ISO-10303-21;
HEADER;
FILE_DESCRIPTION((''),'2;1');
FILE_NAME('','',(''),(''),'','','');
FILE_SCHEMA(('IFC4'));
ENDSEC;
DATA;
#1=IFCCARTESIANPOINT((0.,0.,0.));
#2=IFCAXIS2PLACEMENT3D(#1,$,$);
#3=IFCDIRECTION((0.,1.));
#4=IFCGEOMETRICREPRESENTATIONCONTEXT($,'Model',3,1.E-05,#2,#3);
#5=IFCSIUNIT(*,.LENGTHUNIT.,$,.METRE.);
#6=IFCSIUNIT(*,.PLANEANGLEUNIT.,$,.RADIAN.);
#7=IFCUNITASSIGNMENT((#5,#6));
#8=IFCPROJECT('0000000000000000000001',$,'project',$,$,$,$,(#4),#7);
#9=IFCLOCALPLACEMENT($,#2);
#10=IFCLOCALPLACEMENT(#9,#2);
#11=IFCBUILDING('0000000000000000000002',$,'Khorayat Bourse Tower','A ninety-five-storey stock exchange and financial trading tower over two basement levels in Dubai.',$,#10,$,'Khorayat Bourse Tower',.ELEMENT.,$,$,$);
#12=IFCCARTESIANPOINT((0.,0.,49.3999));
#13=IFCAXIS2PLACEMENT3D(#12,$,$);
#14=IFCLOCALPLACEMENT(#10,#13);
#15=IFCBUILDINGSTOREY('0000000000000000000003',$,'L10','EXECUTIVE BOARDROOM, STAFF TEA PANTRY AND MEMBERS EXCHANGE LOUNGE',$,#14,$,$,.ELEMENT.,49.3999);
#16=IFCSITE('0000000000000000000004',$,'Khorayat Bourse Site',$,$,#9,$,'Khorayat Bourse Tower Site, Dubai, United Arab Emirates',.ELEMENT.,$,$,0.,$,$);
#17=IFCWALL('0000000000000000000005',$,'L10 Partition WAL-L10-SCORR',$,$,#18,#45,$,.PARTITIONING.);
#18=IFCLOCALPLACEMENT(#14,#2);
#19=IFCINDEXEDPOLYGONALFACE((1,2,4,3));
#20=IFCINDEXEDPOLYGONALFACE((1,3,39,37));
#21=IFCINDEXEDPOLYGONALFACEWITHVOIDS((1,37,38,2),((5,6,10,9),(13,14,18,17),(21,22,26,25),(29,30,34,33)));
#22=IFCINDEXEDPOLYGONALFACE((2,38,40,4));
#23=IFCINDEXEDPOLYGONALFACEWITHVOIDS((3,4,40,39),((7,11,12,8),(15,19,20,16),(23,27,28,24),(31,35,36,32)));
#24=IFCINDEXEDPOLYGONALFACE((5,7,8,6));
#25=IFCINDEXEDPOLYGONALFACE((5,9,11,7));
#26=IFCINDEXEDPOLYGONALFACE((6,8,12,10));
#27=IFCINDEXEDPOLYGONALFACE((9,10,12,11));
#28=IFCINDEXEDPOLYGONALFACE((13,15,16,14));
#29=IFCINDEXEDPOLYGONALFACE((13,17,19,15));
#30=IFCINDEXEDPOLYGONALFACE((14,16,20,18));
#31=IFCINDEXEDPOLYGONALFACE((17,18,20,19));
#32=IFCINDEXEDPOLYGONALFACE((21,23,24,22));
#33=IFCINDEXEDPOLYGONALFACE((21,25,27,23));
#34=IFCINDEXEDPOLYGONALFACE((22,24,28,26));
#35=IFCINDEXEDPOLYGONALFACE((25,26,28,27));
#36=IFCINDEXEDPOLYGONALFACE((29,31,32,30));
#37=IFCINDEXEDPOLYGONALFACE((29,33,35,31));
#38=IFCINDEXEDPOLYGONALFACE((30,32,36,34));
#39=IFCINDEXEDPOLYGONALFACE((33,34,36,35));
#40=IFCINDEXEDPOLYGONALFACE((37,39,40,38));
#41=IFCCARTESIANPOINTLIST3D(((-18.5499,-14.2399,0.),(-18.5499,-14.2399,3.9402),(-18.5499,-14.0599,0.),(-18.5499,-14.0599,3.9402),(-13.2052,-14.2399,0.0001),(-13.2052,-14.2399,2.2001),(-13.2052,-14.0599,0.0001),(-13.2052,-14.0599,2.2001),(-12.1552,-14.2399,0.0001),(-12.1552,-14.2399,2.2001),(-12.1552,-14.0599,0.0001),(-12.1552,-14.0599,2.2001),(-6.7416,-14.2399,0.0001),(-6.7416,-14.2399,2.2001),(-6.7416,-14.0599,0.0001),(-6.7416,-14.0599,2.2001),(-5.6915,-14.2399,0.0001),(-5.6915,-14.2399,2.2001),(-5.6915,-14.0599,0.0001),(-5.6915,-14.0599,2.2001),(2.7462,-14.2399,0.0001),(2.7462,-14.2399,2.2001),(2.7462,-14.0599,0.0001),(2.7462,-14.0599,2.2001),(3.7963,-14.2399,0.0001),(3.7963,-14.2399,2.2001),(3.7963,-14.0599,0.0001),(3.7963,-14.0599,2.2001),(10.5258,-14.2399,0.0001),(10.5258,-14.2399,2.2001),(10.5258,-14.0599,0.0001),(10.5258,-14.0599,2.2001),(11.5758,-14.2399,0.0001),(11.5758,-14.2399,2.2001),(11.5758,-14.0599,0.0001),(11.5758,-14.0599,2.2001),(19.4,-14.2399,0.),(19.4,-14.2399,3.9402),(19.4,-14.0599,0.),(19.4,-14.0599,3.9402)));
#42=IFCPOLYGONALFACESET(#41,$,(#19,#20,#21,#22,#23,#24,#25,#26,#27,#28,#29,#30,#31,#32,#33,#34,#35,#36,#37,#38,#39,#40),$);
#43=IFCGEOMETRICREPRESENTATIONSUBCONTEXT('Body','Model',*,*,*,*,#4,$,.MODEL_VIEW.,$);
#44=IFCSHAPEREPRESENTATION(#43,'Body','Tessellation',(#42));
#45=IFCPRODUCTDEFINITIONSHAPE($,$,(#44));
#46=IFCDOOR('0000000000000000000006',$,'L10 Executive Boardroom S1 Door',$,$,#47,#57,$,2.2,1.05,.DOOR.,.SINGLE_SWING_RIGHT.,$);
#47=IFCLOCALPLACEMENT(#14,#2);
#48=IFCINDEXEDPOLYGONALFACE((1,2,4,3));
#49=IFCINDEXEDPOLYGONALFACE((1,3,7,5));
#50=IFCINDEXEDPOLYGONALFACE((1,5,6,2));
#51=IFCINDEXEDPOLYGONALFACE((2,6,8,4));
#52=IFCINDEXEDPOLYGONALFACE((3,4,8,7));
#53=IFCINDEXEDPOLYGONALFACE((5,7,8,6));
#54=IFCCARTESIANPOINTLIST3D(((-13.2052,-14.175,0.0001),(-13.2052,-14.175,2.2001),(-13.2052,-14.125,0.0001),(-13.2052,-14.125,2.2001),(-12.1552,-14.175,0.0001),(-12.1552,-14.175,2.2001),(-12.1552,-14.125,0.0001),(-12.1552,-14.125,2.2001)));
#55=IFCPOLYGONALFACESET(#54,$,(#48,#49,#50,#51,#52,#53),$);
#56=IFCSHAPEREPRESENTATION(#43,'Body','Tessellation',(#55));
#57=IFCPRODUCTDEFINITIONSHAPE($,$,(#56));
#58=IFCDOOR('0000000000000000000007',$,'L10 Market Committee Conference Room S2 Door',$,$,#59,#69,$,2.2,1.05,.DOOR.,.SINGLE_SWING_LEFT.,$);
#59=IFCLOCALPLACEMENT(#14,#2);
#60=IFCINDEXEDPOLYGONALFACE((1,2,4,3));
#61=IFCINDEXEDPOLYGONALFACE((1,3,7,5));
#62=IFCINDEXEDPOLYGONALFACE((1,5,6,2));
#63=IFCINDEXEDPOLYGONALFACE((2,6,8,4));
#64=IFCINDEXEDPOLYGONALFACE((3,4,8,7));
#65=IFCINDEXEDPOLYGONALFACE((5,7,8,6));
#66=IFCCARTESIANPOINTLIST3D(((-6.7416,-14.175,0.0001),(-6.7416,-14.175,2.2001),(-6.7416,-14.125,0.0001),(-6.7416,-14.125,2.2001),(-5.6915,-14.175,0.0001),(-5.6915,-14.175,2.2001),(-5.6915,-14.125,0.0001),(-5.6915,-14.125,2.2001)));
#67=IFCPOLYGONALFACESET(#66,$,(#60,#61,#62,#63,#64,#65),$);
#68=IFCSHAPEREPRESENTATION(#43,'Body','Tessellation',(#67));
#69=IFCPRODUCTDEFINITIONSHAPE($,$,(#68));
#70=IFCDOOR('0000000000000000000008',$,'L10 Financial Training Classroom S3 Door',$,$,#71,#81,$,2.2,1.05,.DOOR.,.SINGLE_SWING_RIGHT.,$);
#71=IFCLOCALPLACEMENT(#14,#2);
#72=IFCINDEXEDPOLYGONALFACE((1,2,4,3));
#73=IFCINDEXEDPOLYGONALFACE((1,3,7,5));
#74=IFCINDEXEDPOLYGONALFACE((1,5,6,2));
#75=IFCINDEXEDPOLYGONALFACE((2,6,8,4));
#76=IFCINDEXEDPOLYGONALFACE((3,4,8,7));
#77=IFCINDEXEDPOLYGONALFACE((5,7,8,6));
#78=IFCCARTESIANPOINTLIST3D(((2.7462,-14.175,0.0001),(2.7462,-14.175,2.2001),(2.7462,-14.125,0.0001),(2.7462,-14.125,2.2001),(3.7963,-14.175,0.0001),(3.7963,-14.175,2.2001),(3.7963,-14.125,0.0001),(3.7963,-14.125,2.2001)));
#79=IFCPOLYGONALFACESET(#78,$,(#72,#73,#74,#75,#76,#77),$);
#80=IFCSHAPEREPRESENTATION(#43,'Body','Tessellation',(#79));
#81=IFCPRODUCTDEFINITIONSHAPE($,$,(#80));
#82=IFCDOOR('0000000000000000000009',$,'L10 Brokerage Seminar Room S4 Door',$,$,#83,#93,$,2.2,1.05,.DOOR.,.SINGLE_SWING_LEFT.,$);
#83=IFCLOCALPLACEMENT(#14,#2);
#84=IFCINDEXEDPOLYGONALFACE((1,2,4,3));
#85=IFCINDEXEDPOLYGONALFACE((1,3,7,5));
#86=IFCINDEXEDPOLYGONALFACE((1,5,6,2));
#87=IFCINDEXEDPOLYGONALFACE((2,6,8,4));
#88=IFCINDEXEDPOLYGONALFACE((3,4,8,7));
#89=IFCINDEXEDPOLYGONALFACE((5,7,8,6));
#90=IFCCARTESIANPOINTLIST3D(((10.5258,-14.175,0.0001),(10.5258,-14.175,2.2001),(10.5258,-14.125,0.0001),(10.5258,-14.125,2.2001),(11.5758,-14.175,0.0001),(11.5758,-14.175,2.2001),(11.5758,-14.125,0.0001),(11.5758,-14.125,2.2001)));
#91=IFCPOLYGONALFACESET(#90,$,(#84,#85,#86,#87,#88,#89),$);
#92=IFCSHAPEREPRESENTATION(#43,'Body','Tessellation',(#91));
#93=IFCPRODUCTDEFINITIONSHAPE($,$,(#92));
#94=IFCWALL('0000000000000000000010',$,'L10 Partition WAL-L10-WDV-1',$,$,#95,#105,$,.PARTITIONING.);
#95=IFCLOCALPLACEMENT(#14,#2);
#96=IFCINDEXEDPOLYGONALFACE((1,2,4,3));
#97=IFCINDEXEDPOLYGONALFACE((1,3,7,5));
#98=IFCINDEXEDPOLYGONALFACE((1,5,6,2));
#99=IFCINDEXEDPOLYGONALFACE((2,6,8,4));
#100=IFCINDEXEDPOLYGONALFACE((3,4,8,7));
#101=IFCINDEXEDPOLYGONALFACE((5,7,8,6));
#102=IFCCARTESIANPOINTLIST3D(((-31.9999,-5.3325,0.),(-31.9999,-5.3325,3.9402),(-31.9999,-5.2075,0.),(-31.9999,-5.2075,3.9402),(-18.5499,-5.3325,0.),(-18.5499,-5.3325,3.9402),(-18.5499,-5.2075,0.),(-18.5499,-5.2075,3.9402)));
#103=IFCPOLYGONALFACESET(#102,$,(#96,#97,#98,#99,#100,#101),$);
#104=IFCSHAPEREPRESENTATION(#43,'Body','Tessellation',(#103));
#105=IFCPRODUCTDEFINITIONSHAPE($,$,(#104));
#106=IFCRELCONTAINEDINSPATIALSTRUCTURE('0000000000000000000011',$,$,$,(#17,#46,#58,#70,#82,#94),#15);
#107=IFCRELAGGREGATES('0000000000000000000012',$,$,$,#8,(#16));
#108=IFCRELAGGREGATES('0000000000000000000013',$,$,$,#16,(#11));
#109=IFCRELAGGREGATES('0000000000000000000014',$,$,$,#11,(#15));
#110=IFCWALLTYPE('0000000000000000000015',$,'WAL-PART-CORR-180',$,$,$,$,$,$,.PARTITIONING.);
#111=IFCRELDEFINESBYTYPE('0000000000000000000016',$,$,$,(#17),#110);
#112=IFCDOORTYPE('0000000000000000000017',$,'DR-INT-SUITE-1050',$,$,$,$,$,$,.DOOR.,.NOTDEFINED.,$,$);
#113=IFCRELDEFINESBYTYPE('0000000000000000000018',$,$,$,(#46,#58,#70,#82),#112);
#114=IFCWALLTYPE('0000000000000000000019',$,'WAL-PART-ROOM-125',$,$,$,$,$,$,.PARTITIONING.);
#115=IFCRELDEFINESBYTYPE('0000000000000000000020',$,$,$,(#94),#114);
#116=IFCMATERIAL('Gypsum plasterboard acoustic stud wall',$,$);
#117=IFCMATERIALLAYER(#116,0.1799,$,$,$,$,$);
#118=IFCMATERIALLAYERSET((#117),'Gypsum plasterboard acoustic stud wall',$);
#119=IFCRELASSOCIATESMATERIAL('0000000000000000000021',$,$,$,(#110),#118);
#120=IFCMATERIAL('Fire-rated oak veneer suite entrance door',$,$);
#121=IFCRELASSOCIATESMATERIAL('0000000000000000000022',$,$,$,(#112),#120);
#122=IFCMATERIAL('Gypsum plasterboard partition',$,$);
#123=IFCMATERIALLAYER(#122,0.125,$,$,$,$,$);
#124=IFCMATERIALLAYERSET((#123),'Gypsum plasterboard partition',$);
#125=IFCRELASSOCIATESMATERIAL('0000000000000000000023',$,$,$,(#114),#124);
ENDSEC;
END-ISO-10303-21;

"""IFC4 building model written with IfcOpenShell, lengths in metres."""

from ifc_helpers import new_model, si_unit, direction, frame, frame_2d, origin, place, context, subcontext, project, spatial, rectangle, extrude, source, transform, mapped, material, layer, layer_set, type_object, element, fill, save


model = new_model("IFC4")

# Units and contexts
model_context = context("Model", 3, precision=1e-05, world=origin(), true_north=direction((0.0, 1.0)))
body_context = subcontext(model_context, "Body", "Model", "MODEL_VIEW")
ifc_project = project(units=[si_unit("LENGTHUNIT", "METRE"), si_unit("PLANEANGLEUNIT", "RADIAN")], contexts=[model_context])

# Site, building, storey
site_placement = place(None, origin())
site = spatial("IfcSite", under=ifc_project, at=site_placement, Name="Khorayat Bourse Site", LongName="Khorayat Bourse Tower Site, Dubai, United Arab Emirates", CompositionType="ELEMENT", RefElevation=0.0)
building_placement = place(site_placement, origin())
building = spatial("IfcBuilding", under=site, at=building_placement, Name="Khorayat Bourse Tower", Description="A ninety-five-storey stock exchange and financial trading tower over two basement levels in Dubai.", LongName="Khorayat Bourse Tower", CompositionType="ELEMENT")
storey_placement = place(building_placement, frame((0.0, 0.0, 49.3999)))
storey = spatial("IfcBuildingStorey", under=building, at=storey_placement, Name="L10", Description="EXECUTIVE BOARDROOM, STAFF TEA PANTRY AND MEMBERS EXCHANGE LOUNGE", CompositionType="ELEMENT", Elevation=49.3999)

# Wall, openings, doors
ifc_material_1 = material(Name="Gypsum plasterboard acoustic stud wall")
ifc_layer_1 = layer(ifc_material_1, 0.1799)
ifc_layer_set_1 = layer_set([ifc_layer_1], Name="Gypsum plasterboard acoustic stud wall")
wall_type_1 = type_object("IfcWallType", Name="WAL-PART-CORR-180", PredefinedType="PARTITIONING", material=ifc_layer_set_1)
shared_shape_1 = source(origin(), body_context, "Body", "SweptSolid", [
    extrude(rectangle(XDim=37.95, YDim=0.1799, at=frame_2d((18.9751, 0.0))), origin(), (0.0, 0.0, 1.0), 3.9402),
])
wall_1_placement = place(storey_placement, frame((-18.55, -14.1499, 0.0), z_axis=(0.0, 0.0, 1.0), x_axis=(1.0, 0.0, 0.0)))
wall_1 = element("IfcWall", 1, at=wall_1_placement, inside=storey, type_object=wall_type_1, Name="L10 Partition WAL-L10-SCORR", PredefinedType="PARTITIONING", context=body_context, shape_type="MappedRepresentation", body=[
    mapped(shared_shape_1, transform((0.0, 0.0, 0.0), scale=1.0)),
])
shared_shape_2 = source(origin(), body_context, "Body", "SweptSolid", [
    extrude(rectangle(XDim=1.05, YDim=2.2, at=frame_2d((0.5249, 1.1001))), frame((0.0, 0.0999, 0.0), z_axis=(0.0, -1.0, 0.0), x_axis=(1.0, 0.0, 0.0)), (0.0, 0.0, 1.0), 0.2),
])
opening_1_placement = place(wall_1_placement, frame((5.345, 0.0, 0.0)))
opening_1 = element("IfcOpeningElement", 2, at=opening_1_placement, cuts=wall_1, PredefinedType="OPENING", context=body_context, shape_type="MappedRepresentation", body=[
    mapped(shared_shape_2, transform((0.0, 0.0, 0.0), scale=1.0)),
])
opening_2_placement = place(wall_1_placement, frame((11.8086, 0.0, 0.0)))
opening_2 = element("IfcOpeningElement", 3, at=opening_2_placement, cuts=wall_1, PredefinedType="OPENING", context=body_context, shape_type="MappedRepresentation", body=[
    mapped(shared_shape_2, transform((0.0, 0.0, 0.0), scale=1.0)),
])
opening_3_placement = place(wall_1_placement, frame((21.2964, 0.0, 0.0)))
opening_3 = element("IfcOpeningElement", 4, at=opening_3_placement, cuts=wall_1, PredefinedType="OPENING", context=body_context, shape_type="MappedRepresentation", body=[
    mapped(shared_shape_2, transform((0.0, 0.0, 0.0), scale=1.0)),
])
opening_4_placement = place(wall_1_placement, frame((29.0759, 0.0, 0.0)))
opening_4 = element("IfcOpeningElement", 5, at=opening_4_placement, cuts=wall_1, PredefinedType="OPENING", context=body_context, shape_type="MappedRepresentation", body=[
    mapped(shared_shape_2, transform((0.0, 0.0, 0.0), scale=1.0)),
])
ifc_material_2 = material(Name="Fire-rated oak veneer suite entrance door")
door_type_1 = type_object("IfcDoorType", Name="DR-INT-SUITE-1050", OperationType="NOTDEFINED", PredefinedType="DOOR", material=ifc_material_2)
shared_shape_3 = source(origin(), body_context, "Body", "SweptSolid", [
    extrude(rectangle(XDim=1.05, YDim=2.2, at=frame_2d((0.5249, 1.1001))), frame((0.0, 0.0249, 0.0), z_axis=(0.0, -1.0, 0.0), x_axis=(1.0, 0.0, 0.0)), (0.0, 0.0, 1.0), 0.05),
])
door_1_placement = place(opening_1_placement, origin())
door_1 = element("IfcDoor", 6, at=door_1_placement, inside=storey, type_object=door_type_1, Name="L10 Executive Boardroom S1 Door", OperationType="SINGLE_SWING_RIGHT", OverallHeight=2.2, OverallWidth=1.05, PredefinedType="DOOR", context=body_context, shape_type="MappedRepresentation", body=[
    mapped(shared_shape_3, transform((0.0, 0.0, 0.0), scale=1.0)),
])
fill(opening_1, door_1)
door_2_placement = place(opening_2_placement, origin())
door_2 = element("IfcDoor", 7, at=door_2_placement, inside=storey, type_object=door_type_1, Name="L10 Market Committee Conference Room S2 Door", OperationType="SINGLE_SWING_LEFT", OverallHeight=2.2, OverallWidth=1.05, PredefinedType="DOOR", context=body_context, shape_type="MappedRepresentation", body=[
    mapped(shared_shape_3, transform((0.0, 0.0, 0.0), scale=1.0)),
])
fill(opening_2, door_2)
door_3_placement = place(opening_3_placement, origin())
door_3 = element("IfcDoor", 8, at=door_3_placement, inside=storey, type_object=door_type_1, Name="L10 Financial Training Classroom S3 Door", OperationType="SINGLE_SWING_RIGHT", OverallHeight=2.2, OverallWidth=1.05, PredefinedType="DOOR", context=body_context, shape_type="MappedRepresentation", body=[
    mapped(shared_shape_3, transform((0.0, 0.0, 0.0), scale=1.0)),
])
fill(opening_3, door_3)
door_4_placement = place(opening_4_placement, origin())
door_4 = element("IfcDoor", 9, at=door_4_placement, inside=storey, type_object=door_type_1, Name="L10 Brokerage Seminar Room S4 Door", OperationType="SINGLE_SWING_LEFT", OverallHeight=2.2, OverallWidth=1.05, PredefinedType="DOOR", context=body_context, shape_type="MappedRepresentation", body=[
    mapped(shared_shape_3, transform((0.0, 0.0, 0.0), scale=1.0)),
])
fill(opening_4, door_4)

# Wall
ifc_material_3 = material(Name="Gypsum plasterboard partition")
ifc_layer_2 = layer(ifc_material_3, 0.125)
ifc_layer_set_2 = layer_set([ifc_layer_2], Name="Gypsum plasterboard partition")
wall_type_2 = type_object("IfcWallType", Name="WAL-PART-ROOM-125", PredefinedType="PARTITIONING", material=ifc_layer_set_2)
shared_shape_4 = source(origin(), body_context, "Body", "SweptSolid", [
    extrude(rectangle(XDim=13.45, YDim=0.125, at=frame_2d((6.7251, 0.0))), origin(), (0.0, 0.0, 1.0), 3.9402),
])
wall_2_placement = place(storey_placement, frame((-32.0, -5.27, 0.0), z_axis=(0.0, 0.0, 1.0), x_axis=(1.0, 0.0, 0.0)))
element("IfcWall", 10, at=wall_2_placement, inside=storey, type_object=wall_type_2, Name="L10 Partition WAL-L10-WDV-1", PredefinedType="PARTITIONING", context=body_context, shape_type="MappedRepresentation", body=[
    mapped(shared_shape_4, transform((0.0, 0.0, 0.0), scale=1.0)),
])

save(model, "model.ifc")
